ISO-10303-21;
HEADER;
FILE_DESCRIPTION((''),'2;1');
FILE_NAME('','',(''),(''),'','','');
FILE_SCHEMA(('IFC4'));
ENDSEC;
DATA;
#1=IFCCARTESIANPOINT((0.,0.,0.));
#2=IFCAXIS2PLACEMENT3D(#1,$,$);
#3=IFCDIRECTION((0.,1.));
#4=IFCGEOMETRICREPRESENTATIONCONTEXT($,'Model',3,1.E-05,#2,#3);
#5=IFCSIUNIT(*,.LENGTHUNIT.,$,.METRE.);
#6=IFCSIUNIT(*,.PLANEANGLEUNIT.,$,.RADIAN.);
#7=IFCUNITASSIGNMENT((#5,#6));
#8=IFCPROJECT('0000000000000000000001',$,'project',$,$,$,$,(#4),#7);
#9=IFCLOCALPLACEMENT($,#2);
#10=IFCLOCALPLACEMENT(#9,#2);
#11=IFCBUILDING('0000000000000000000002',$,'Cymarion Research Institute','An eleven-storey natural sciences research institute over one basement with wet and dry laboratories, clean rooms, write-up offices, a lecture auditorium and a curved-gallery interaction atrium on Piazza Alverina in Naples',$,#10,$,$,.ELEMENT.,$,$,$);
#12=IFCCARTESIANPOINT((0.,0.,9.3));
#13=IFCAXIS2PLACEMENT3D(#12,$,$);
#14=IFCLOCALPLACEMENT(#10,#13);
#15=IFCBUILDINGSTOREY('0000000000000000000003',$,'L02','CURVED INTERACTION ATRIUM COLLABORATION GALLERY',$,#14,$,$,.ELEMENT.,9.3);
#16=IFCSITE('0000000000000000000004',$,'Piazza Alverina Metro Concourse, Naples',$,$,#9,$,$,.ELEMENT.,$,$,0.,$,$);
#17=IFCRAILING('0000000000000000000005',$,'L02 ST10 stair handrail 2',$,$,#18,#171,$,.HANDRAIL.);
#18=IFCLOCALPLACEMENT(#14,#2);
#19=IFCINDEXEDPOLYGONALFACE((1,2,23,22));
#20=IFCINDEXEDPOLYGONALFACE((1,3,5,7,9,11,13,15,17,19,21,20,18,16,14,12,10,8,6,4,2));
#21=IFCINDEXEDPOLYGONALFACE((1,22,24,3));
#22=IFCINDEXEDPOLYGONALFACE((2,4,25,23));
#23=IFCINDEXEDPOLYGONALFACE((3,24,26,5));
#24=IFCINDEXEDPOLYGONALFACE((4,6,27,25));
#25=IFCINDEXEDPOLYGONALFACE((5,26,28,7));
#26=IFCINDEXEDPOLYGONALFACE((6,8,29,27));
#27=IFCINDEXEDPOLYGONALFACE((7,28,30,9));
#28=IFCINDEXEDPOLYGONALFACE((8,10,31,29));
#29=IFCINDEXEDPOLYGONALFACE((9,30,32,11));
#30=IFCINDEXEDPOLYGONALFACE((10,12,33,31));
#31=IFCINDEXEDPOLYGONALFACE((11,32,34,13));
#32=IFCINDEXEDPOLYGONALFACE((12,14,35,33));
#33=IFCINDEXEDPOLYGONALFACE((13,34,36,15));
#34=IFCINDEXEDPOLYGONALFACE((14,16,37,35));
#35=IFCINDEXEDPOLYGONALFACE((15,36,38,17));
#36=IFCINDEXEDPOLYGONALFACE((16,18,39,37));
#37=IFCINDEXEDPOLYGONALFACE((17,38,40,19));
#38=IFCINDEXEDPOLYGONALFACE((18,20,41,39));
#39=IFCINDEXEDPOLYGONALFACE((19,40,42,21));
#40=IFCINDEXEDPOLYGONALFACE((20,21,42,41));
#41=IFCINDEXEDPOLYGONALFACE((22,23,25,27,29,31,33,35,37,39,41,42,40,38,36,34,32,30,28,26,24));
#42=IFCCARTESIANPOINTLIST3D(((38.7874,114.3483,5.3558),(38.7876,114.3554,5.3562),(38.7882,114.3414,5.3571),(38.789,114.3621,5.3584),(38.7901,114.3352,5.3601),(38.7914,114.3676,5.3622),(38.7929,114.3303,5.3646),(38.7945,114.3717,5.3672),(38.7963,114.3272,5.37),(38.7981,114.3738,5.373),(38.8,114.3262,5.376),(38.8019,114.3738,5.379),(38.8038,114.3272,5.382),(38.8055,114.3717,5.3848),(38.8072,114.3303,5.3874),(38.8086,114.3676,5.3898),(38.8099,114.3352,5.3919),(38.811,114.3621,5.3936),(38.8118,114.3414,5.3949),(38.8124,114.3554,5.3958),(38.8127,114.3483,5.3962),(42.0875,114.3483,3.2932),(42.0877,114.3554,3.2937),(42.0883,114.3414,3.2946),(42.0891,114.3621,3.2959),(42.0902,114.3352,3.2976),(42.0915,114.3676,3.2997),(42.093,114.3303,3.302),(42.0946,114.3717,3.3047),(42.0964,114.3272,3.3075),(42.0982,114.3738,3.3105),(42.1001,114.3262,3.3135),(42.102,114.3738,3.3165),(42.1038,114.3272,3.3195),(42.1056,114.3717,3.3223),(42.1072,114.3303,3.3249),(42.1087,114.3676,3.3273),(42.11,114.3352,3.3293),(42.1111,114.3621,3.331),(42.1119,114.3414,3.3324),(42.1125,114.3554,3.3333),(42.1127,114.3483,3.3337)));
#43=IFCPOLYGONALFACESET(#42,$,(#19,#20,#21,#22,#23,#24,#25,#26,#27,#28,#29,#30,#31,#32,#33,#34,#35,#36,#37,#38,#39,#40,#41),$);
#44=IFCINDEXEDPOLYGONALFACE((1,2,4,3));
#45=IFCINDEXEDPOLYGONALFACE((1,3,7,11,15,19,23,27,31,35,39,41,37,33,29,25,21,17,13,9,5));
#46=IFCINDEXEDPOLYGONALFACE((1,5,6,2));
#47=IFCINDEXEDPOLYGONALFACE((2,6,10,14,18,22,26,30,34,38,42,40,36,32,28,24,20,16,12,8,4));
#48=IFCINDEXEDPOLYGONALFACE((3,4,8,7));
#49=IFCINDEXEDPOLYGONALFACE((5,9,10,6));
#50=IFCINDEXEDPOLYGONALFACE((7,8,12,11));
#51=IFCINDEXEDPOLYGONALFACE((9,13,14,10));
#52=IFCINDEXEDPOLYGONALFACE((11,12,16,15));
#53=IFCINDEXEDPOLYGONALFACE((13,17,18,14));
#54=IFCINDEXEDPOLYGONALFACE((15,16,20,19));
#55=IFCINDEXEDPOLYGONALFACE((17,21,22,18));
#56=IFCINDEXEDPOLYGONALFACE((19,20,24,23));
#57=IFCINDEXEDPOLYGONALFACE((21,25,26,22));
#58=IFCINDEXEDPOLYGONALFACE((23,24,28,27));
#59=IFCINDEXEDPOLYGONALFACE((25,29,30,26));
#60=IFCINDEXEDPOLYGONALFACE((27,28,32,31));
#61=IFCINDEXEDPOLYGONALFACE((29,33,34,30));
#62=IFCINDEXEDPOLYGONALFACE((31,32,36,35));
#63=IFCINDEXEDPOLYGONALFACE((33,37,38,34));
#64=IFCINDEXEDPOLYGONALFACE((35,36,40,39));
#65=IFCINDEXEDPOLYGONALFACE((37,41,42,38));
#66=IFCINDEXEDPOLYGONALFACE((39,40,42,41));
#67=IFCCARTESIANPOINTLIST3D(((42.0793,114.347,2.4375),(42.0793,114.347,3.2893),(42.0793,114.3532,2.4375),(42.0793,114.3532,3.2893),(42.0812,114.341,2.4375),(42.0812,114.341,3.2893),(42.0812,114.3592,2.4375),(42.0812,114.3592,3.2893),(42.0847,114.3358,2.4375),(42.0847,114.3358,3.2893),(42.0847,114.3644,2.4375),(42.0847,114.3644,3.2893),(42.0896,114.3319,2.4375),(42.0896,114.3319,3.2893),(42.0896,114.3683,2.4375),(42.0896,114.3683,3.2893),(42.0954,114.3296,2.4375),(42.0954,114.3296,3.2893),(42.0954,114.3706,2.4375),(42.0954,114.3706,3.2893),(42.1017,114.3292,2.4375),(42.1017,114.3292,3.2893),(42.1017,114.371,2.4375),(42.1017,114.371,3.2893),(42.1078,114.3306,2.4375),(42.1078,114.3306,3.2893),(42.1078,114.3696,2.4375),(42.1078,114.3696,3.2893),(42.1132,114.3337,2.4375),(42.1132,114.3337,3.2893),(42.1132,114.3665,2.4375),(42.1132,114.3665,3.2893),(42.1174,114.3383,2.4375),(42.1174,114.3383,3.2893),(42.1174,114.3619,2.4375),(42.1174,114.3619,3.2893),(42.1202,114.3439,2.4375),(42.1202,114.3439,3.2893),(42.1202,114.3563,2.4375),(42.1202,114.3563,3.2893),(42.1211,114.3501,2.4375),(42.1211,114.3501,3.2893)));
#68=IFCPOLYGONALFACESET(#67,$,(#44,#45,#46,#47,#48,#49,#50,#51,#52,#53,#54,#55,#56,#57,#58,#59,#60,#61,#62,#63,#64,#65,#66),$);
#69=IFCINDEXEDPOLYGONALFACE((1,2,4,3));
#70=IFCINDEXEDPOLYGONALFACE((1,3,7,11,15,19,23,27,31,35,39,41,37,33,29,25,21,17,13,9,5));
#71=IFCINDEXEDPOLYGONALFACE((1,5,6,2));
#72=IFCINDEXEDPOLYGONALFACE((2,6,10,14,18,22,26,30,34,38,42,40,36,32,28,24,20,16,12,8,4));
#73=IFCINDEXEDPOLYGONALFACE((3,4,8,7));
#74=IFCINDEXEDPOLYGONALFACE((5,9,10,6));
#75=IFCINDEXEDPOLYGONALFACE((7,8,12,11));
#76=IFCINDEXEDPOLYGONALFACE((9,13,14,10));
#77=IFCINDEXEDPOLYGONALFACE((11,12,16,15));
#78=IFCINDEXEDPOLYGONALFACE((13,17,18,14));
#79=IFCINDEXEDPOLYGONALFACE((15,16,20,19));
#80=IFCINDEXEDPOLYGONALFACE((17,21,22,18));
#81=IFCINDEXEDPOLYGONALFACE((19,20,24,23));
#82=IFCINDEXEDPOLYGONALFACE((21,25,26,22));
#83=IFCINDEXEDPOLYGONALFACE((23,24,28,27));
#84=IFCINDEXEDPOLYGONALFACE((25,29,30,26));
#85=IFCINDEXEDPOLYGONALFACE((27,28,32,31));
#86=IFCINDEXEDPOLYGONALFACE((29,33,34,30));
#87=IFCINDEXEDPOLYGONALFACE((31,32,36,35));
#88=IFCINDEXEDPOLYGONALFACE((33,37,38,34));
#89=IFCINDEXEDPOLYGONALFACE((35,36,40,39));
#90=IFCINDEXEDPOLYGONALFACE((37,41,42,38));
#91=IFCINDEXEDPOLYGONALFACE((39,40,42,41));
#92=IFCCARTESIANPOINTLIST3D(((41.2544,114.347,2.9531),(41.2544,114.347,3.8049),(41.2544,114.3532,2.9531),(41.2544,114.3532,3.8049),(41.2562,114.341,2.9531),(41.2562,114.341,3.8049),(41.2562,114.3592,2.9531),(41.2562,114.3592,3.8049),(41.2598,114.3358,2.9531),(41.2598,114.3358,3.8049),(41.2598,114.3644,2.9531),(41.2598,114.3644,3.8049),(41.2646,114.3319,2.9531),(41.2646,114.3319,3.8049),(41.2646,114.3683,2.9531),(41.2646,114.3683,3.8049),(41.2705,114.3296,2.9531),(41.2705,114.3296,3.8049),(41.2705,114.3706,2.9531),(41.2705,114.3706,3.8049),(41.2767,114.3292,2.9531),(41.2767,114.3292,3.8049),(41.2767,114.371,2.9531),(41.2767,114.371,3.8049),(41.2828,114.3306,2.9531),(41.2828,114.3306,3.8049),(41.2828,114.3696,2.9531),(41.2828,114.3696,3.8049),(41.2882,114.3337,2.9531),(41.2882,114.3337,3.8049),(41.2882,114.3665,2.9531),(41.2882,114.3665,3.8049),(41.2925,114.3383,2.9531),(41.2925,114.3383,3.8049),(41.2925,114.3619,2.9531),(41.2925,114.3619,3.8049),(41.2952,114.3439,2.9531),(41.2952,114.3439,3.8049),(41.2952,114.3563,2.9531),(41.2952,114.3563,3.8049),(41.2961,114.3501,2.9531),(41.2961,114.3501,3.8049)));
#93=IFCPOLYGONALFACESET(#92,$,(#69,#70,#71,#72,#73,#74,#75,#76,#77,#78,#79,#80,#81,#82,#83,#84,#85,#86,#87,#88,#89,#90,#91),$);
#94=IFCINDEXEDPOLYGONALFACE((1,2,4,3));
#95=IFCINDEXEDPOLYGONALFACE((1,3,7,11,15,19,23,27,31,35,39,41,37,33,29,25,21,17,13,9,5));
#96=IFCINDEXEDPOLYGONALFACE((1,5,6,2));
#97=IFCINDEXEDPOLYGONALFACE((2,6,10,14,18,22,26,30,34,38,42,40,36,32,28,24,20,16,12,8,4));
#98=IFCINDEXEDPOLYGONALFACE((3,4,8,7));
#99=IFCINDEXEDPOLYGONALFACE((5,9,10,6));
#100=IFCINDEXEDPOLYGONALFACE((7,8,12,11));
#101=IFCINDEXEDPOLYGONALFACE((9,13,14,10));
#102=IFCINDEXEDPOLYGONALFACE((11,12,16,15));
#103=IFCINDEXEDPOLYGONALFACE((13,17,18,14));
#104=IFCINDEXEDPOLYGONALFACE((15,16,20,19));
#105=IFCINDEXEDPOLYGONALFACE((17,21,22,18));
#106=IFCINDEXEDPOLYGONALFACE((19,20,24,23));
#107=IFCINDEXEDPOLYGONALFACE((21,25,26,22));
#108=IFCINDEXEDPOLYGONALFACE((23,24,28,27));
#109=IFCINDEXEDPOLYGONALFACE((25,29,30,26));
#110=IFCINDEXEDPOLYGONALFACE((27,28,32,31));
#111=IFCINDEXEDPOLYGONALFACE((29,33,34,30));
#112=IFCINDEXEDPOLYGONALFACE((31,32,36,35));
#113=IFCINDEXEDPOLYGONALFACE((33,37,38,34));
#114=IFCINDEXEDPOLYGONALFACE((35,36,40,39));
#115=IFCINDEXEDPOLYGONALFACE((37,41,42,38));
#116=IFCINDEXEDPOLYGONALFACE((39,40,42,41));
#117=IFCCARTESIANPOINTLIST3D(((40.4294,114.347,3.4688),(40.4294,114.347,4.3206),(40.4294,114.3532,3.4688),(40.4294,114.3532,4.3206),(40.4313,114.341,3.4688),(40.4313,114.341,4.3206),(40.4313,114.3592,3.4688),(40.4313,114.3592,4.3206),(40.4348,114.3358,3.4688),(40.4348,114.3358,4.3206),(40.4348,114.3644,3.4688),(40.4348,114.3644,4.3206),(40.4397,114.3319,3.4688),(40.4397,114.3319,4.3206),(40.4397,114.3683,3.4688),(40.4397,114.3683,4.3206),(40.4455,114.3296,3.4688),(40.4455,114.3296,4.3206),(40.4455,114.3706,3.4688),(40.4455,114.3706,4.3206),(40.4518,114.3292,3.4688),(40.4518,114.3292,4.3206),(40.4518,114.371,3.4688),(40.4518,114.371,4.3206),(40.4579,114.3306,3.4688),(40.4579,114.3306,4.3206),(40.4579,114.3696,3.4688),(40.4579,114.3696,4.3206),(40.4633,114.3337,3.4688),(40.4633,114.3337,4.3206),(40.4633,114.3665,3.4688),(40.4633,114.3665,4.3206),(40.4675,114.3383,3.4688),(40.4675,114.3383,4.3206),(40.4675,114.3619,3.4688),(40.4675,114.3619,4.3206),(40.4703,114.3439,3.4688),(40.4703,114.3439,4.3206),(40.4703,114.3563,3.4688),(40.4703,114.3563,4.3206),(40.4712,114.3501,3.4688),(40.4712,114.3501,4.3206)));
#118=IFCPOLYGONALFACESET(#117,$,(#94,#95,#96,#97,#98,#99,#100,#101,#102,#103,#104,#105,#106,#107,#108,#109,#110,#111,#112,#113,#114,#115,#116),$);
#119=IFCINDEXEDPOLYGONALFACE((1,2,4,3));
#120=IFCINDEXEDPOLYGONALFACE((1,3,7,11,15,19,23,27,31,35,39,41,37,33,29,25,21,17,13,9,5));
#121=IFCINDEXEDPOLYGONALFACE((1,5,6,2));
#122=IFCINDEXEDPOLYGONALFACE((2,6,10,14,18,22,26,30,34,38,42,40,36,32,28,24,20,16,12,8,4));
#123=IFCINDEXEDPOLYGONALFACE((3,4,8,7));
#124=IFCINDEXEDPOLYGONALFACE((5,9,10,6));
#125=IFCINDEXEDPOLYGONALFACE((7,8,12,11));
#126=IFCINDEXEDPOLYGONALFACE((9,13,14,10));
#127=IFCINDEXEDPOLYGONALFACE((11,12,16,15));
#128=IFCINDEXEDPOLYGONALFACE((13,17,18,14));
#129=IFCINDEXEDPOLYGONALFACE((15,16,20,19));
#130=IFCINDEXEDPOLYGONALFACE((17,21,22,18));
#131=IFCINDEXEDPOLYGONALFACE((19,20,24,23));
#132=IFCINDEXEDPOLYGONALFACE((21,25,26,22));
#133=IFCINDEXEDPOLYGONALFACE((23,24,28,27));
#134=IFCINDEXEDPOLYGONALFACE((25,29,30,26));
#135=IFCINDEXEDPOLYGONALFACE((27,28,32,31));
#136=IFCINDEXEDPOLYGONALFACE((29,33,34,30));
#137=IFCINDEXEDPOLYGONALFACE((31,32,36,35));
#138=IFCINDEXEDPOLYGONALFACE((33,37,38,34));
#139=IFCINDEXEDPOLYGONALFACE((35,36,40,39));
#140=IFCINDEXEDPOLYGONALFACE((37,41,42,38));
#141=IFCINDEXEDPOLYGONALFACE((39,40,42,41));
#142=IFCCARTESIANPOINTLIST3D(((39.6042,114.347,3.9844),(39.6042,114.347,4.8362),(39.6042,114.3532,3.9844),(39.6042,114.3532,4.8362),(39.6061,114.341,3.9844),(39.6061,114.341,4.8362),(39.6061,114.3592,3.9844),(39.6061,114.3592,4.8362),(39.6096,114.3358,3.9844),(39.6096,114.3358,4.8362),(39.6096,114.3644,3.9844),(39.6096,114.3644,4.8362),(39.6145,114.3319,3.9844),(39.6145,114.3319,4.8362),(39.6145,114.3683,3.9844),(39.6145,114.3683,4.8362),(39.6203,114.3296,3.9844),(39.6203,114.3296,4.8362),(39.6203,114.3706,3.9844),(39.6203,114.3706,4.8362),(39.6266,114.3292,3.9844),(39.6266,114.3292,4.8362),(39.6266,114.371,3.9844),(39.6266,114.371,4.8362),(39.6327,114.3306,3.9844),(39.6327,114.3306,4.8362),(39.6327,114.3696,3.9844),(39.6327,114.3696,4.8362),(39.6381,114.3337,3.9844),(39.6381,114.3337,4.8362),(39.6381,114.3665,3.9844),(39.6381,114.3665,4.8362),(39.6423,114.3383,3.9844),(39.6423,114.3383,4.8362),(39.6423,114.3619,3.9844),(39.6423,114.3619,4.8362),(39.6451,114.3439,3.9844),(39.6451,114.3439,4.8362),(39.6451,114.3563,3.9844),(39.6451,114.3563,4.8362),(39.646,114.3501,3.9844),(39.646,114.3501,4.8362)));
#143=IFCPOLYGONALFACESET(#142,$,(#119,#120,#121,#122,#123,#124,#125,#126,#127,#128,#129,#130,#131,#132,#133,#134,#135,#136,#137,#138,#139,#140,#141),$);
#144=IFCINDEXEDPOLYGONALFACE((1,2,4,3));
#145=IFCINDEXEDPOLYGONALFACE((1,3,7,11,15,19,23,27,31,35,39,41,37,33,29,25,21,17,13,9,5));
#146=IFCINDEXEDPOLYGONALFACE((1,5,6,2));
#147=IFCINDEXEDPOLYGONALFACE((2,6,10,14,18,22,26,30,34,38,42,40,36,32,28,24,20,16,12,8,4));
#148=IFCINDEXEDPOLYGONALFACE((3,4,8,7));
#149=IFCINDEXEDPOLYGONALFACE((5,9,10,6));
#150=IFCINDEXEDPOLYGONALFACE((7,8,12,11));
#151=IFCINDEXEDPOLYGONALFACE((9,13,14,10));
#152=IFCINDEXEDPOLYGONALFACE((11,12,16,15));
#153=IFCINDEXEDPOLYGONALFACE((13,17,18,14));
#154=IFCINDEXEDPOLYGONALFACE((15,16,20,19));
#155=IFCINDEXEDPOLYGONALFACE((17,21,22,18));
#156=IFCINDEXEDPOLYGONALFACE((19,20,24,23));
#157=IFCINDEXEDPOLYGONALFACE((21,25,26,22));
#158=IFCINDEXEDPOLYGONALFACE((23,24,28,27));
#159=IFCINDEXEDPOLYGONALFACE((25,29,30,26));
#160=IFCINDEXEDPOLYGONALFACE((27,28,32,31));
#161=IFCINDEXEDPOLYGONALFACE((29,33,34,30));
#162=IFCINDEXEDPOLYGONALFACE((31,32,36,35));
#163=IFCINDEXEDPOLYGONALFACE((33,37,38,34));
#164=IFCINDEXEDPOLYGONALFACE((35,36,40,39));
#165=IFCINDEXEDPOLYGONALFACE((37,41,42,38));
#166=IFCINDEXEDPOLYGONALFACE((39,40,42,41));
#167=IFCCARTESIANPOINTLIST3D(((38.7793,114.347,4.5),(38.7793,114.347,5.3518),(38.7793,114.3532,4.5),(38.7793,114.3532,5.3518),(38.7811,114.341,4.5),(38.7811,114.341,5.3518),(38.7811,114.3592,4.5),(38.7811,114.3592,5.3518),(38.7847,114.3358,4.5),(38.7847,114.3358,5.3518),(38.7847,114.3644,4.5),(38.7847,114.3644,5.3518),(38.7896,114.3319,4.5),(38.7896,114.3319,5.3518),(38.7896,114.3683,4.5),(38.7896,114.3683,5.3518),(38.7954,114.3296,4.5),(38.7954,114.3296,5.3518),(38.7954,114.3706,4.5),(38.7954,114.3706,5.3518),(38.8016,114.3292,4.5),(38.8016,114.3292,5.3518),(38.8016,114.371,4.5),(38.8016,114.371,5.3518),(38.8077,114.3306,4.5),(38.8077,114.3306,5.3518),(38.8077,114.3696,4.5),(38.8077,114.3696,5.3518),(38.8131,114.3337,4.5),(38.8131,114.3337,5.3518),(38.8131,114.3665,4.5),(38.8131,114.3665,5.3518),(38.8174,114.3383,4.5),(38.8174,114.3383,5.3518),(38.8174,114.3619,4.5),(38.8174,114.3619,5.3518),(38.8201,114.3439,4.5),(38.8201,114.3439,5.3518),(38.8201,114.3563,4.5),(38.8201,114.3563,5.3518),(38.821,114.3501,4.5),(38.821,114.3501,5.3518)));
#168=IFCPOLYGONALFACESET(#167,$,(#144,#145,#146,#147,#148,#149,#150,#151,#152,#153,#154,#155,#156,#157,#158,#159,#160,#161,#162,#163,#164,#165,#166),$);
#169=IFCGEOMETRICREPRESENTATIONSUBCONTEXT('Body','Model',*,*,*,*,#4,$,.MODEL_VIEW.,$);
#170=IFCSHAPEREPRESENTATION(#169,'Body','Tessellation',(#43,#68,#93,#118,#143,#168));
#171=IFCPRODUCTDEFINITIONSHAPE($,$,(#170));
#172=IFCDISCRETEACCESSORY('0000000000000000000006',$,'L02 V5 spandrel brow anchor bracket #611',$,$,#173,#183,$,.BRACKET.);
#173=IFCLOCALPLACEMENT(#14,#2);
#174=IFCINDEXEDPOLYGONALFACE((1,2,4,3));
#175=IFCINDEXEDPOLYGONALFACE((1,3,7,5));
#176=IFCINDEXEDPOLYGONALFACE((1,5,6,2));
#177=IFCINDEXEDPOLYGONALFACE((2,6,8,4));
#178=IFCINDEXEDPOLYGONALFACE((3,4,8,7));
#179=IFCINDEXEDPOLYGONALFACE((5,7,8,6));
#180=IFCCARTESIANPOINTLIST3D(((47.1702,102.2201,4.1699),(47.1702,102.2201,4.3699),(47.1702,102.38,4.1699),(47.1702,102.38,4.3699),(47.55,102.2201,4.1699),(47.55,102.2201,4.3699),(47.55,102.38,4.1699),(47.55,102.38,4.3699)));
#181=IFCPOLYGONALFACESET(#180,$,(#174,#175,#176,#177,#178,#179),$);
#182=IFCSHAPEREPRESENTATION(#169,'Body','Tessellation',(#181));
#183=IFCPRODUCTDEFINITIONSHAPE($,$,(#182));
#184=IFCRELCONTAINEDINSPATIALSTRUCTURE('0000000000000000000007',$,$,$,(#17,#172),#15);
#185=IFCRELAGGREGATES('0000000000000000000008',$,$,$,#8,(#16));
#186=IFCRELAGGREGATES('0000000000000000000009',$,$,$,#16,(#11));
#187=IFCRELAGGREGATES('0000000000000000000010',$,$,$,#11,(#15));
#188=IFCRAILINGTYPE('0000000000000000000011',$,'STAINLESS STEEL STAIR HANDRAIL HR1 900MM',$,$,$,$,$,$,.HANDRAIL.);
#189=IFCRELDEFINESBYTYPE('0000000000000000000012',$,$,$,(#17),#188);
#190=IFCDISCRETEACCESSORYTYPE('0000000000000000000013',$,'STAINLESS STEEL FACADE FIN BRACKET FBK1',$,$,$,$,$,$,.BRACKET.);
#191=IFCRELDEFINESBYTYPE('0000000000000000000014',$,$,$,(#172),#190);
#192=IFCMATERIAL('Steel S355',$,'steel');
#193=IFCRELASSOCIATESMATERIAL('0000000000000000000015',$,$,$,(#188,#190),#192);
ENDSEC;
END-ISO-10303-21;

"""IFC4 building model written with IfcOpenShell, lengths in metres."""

from ifc_helpers import new_model, si_unit, direction, frame, origin, origin_2d, place, context, subcontext, project, spatial, rectangle, circle, extrude, material, type_object, element, save


model = new_model("IFC4")

# Units and contexts
model_context = context("Model", 3, precision=1e-05, world=origin(), true_north=direction((0.0, 1.0)))
body_context = subcontext(model_context, "Body", "Model", "MODEL_VIEW")
ifc_project = project(units=[si_unit("LENGTHUNIT", "METRE"), si_unit("PLANEANGLEUNIT", "RADIAN")], contexts=[model_context])

# Site, building, storey
site_placement = place(None, origin())
site = spatial("IfcSite", under=ifc_project, at=site_placement, Name="Piazza Alverina Metro Concourse, Naples", CompositionType="ELEMENT", RefElevation=0.0)
building_placement = place(site_placement, origin())
building = spatial("IfcBuilding", under=site, at=building_placement, Name="Cymarion Research Institute", Description="An eleven-storey natural sciences research institute over one basement with wet and dry laboratories, clean rooms, write-up offices, a lecture auditorium and a curved-gallery interaction atrium on Piazza Alverina in Naples", CompositionType="ELEMENT")
storey_placement = place(building_placement, frame((0.0, 0.0, 9.3)))
storey = spatial("IfcBuildingStorey", under=building, at=storey_placement, Name="L02", Description="CURVED INTERACTION ATRIUM COLLABORATION GALLERY", CompositionType="ELEMENT", Elevation=9.3)

# Shared definitions
ifc_material_1 = material(Name="Steel S355", Category="steel")

# Railing
railing_type_1 = type_object("IfcRailingType", Name="STAINLESS STEEL STAIR HANDRAIL HR1 900MM", PredefinedType="HANDRAIL", material=ifc_material_1)
railing_1_placement = place(storey_placement, frame((42.1001, 114.3501, 2.4375)))
element("IfcRailing", 1, at=railing_1_placement, inside=storey, type_object=railing_type_1, Name="L02 ST10 stair handrail 2", PredefinedType="HANDRAIL", context=body_context, shape_type="SweptSolid", body=[
    extrude(circle(Radius=0.0239, at=origin_2d()), frame((0.0, 0.0, 0.876), z_axis=(-0.848002, 0.0, 0.529993), x_axis=(0.0, -1.0, 0.0)), (0.0, 0.0, 1.0), 3.8916),
    extrude(circle(Radius=0.021, at=origin_2d()), origin(), (0.0, 0.0, 1.0), 0.8518),
    extrude(circle(Radius=0.021, at=origin_2d()), frame((-0.825, 0.0, 0.5156)), (0.0, 0.0, 1.0), 0.8518),
    extrude(circle(Radius=0.021, at=origin_2d()), frame((-1.6499, 0.0, 1.0312)), (0.0, 0.0, 1.0), 0.8518),
    extrude(circle(Radius=0.021, at=origin_2d()), frame((-2.4751, 0.0, 1.5469)), (0.0, 0.0, 1.0), 0.8518),
    extrude(circle(Radius=0.021, at=origin_2d()), frame((-3.3, 0.0, 2.0625)), (0.0, 0.0, 1.0), 0.8518),
])

# Discrete accessory
discrete_accessory_type = type_object("IfcDiscreteAccessoryType", Name="STAINLESS STEEL FACADE FIN BRACKET FBK1", PredefinedType="BRACKET", material=ifc_material_1)
discrete_accessory_placement = place(storey_placement, frame((47.3601, 102.3, 4.1699), z_axis=(0.0, 0.0, 1.0), x_axis=(1.0, 0.0, 0.0)))
element("IfcDiscreteAccessory", 2, at=discrete_accessory_placement, inside=storey, type_object=discrete_accessory_type, Name="L02 V5 spandrel brow anchor bracket #611", PredefinedType="BRACKET", context=body_context, shape_type="SweptSolid", body=[
    extrude(rectangle(XDim=0.3799, YDim=0.1599, at=origin_2d()), origin(), (0.0, 0.0, 1.0), 0.2),
])

save(model, "model.ifc")
